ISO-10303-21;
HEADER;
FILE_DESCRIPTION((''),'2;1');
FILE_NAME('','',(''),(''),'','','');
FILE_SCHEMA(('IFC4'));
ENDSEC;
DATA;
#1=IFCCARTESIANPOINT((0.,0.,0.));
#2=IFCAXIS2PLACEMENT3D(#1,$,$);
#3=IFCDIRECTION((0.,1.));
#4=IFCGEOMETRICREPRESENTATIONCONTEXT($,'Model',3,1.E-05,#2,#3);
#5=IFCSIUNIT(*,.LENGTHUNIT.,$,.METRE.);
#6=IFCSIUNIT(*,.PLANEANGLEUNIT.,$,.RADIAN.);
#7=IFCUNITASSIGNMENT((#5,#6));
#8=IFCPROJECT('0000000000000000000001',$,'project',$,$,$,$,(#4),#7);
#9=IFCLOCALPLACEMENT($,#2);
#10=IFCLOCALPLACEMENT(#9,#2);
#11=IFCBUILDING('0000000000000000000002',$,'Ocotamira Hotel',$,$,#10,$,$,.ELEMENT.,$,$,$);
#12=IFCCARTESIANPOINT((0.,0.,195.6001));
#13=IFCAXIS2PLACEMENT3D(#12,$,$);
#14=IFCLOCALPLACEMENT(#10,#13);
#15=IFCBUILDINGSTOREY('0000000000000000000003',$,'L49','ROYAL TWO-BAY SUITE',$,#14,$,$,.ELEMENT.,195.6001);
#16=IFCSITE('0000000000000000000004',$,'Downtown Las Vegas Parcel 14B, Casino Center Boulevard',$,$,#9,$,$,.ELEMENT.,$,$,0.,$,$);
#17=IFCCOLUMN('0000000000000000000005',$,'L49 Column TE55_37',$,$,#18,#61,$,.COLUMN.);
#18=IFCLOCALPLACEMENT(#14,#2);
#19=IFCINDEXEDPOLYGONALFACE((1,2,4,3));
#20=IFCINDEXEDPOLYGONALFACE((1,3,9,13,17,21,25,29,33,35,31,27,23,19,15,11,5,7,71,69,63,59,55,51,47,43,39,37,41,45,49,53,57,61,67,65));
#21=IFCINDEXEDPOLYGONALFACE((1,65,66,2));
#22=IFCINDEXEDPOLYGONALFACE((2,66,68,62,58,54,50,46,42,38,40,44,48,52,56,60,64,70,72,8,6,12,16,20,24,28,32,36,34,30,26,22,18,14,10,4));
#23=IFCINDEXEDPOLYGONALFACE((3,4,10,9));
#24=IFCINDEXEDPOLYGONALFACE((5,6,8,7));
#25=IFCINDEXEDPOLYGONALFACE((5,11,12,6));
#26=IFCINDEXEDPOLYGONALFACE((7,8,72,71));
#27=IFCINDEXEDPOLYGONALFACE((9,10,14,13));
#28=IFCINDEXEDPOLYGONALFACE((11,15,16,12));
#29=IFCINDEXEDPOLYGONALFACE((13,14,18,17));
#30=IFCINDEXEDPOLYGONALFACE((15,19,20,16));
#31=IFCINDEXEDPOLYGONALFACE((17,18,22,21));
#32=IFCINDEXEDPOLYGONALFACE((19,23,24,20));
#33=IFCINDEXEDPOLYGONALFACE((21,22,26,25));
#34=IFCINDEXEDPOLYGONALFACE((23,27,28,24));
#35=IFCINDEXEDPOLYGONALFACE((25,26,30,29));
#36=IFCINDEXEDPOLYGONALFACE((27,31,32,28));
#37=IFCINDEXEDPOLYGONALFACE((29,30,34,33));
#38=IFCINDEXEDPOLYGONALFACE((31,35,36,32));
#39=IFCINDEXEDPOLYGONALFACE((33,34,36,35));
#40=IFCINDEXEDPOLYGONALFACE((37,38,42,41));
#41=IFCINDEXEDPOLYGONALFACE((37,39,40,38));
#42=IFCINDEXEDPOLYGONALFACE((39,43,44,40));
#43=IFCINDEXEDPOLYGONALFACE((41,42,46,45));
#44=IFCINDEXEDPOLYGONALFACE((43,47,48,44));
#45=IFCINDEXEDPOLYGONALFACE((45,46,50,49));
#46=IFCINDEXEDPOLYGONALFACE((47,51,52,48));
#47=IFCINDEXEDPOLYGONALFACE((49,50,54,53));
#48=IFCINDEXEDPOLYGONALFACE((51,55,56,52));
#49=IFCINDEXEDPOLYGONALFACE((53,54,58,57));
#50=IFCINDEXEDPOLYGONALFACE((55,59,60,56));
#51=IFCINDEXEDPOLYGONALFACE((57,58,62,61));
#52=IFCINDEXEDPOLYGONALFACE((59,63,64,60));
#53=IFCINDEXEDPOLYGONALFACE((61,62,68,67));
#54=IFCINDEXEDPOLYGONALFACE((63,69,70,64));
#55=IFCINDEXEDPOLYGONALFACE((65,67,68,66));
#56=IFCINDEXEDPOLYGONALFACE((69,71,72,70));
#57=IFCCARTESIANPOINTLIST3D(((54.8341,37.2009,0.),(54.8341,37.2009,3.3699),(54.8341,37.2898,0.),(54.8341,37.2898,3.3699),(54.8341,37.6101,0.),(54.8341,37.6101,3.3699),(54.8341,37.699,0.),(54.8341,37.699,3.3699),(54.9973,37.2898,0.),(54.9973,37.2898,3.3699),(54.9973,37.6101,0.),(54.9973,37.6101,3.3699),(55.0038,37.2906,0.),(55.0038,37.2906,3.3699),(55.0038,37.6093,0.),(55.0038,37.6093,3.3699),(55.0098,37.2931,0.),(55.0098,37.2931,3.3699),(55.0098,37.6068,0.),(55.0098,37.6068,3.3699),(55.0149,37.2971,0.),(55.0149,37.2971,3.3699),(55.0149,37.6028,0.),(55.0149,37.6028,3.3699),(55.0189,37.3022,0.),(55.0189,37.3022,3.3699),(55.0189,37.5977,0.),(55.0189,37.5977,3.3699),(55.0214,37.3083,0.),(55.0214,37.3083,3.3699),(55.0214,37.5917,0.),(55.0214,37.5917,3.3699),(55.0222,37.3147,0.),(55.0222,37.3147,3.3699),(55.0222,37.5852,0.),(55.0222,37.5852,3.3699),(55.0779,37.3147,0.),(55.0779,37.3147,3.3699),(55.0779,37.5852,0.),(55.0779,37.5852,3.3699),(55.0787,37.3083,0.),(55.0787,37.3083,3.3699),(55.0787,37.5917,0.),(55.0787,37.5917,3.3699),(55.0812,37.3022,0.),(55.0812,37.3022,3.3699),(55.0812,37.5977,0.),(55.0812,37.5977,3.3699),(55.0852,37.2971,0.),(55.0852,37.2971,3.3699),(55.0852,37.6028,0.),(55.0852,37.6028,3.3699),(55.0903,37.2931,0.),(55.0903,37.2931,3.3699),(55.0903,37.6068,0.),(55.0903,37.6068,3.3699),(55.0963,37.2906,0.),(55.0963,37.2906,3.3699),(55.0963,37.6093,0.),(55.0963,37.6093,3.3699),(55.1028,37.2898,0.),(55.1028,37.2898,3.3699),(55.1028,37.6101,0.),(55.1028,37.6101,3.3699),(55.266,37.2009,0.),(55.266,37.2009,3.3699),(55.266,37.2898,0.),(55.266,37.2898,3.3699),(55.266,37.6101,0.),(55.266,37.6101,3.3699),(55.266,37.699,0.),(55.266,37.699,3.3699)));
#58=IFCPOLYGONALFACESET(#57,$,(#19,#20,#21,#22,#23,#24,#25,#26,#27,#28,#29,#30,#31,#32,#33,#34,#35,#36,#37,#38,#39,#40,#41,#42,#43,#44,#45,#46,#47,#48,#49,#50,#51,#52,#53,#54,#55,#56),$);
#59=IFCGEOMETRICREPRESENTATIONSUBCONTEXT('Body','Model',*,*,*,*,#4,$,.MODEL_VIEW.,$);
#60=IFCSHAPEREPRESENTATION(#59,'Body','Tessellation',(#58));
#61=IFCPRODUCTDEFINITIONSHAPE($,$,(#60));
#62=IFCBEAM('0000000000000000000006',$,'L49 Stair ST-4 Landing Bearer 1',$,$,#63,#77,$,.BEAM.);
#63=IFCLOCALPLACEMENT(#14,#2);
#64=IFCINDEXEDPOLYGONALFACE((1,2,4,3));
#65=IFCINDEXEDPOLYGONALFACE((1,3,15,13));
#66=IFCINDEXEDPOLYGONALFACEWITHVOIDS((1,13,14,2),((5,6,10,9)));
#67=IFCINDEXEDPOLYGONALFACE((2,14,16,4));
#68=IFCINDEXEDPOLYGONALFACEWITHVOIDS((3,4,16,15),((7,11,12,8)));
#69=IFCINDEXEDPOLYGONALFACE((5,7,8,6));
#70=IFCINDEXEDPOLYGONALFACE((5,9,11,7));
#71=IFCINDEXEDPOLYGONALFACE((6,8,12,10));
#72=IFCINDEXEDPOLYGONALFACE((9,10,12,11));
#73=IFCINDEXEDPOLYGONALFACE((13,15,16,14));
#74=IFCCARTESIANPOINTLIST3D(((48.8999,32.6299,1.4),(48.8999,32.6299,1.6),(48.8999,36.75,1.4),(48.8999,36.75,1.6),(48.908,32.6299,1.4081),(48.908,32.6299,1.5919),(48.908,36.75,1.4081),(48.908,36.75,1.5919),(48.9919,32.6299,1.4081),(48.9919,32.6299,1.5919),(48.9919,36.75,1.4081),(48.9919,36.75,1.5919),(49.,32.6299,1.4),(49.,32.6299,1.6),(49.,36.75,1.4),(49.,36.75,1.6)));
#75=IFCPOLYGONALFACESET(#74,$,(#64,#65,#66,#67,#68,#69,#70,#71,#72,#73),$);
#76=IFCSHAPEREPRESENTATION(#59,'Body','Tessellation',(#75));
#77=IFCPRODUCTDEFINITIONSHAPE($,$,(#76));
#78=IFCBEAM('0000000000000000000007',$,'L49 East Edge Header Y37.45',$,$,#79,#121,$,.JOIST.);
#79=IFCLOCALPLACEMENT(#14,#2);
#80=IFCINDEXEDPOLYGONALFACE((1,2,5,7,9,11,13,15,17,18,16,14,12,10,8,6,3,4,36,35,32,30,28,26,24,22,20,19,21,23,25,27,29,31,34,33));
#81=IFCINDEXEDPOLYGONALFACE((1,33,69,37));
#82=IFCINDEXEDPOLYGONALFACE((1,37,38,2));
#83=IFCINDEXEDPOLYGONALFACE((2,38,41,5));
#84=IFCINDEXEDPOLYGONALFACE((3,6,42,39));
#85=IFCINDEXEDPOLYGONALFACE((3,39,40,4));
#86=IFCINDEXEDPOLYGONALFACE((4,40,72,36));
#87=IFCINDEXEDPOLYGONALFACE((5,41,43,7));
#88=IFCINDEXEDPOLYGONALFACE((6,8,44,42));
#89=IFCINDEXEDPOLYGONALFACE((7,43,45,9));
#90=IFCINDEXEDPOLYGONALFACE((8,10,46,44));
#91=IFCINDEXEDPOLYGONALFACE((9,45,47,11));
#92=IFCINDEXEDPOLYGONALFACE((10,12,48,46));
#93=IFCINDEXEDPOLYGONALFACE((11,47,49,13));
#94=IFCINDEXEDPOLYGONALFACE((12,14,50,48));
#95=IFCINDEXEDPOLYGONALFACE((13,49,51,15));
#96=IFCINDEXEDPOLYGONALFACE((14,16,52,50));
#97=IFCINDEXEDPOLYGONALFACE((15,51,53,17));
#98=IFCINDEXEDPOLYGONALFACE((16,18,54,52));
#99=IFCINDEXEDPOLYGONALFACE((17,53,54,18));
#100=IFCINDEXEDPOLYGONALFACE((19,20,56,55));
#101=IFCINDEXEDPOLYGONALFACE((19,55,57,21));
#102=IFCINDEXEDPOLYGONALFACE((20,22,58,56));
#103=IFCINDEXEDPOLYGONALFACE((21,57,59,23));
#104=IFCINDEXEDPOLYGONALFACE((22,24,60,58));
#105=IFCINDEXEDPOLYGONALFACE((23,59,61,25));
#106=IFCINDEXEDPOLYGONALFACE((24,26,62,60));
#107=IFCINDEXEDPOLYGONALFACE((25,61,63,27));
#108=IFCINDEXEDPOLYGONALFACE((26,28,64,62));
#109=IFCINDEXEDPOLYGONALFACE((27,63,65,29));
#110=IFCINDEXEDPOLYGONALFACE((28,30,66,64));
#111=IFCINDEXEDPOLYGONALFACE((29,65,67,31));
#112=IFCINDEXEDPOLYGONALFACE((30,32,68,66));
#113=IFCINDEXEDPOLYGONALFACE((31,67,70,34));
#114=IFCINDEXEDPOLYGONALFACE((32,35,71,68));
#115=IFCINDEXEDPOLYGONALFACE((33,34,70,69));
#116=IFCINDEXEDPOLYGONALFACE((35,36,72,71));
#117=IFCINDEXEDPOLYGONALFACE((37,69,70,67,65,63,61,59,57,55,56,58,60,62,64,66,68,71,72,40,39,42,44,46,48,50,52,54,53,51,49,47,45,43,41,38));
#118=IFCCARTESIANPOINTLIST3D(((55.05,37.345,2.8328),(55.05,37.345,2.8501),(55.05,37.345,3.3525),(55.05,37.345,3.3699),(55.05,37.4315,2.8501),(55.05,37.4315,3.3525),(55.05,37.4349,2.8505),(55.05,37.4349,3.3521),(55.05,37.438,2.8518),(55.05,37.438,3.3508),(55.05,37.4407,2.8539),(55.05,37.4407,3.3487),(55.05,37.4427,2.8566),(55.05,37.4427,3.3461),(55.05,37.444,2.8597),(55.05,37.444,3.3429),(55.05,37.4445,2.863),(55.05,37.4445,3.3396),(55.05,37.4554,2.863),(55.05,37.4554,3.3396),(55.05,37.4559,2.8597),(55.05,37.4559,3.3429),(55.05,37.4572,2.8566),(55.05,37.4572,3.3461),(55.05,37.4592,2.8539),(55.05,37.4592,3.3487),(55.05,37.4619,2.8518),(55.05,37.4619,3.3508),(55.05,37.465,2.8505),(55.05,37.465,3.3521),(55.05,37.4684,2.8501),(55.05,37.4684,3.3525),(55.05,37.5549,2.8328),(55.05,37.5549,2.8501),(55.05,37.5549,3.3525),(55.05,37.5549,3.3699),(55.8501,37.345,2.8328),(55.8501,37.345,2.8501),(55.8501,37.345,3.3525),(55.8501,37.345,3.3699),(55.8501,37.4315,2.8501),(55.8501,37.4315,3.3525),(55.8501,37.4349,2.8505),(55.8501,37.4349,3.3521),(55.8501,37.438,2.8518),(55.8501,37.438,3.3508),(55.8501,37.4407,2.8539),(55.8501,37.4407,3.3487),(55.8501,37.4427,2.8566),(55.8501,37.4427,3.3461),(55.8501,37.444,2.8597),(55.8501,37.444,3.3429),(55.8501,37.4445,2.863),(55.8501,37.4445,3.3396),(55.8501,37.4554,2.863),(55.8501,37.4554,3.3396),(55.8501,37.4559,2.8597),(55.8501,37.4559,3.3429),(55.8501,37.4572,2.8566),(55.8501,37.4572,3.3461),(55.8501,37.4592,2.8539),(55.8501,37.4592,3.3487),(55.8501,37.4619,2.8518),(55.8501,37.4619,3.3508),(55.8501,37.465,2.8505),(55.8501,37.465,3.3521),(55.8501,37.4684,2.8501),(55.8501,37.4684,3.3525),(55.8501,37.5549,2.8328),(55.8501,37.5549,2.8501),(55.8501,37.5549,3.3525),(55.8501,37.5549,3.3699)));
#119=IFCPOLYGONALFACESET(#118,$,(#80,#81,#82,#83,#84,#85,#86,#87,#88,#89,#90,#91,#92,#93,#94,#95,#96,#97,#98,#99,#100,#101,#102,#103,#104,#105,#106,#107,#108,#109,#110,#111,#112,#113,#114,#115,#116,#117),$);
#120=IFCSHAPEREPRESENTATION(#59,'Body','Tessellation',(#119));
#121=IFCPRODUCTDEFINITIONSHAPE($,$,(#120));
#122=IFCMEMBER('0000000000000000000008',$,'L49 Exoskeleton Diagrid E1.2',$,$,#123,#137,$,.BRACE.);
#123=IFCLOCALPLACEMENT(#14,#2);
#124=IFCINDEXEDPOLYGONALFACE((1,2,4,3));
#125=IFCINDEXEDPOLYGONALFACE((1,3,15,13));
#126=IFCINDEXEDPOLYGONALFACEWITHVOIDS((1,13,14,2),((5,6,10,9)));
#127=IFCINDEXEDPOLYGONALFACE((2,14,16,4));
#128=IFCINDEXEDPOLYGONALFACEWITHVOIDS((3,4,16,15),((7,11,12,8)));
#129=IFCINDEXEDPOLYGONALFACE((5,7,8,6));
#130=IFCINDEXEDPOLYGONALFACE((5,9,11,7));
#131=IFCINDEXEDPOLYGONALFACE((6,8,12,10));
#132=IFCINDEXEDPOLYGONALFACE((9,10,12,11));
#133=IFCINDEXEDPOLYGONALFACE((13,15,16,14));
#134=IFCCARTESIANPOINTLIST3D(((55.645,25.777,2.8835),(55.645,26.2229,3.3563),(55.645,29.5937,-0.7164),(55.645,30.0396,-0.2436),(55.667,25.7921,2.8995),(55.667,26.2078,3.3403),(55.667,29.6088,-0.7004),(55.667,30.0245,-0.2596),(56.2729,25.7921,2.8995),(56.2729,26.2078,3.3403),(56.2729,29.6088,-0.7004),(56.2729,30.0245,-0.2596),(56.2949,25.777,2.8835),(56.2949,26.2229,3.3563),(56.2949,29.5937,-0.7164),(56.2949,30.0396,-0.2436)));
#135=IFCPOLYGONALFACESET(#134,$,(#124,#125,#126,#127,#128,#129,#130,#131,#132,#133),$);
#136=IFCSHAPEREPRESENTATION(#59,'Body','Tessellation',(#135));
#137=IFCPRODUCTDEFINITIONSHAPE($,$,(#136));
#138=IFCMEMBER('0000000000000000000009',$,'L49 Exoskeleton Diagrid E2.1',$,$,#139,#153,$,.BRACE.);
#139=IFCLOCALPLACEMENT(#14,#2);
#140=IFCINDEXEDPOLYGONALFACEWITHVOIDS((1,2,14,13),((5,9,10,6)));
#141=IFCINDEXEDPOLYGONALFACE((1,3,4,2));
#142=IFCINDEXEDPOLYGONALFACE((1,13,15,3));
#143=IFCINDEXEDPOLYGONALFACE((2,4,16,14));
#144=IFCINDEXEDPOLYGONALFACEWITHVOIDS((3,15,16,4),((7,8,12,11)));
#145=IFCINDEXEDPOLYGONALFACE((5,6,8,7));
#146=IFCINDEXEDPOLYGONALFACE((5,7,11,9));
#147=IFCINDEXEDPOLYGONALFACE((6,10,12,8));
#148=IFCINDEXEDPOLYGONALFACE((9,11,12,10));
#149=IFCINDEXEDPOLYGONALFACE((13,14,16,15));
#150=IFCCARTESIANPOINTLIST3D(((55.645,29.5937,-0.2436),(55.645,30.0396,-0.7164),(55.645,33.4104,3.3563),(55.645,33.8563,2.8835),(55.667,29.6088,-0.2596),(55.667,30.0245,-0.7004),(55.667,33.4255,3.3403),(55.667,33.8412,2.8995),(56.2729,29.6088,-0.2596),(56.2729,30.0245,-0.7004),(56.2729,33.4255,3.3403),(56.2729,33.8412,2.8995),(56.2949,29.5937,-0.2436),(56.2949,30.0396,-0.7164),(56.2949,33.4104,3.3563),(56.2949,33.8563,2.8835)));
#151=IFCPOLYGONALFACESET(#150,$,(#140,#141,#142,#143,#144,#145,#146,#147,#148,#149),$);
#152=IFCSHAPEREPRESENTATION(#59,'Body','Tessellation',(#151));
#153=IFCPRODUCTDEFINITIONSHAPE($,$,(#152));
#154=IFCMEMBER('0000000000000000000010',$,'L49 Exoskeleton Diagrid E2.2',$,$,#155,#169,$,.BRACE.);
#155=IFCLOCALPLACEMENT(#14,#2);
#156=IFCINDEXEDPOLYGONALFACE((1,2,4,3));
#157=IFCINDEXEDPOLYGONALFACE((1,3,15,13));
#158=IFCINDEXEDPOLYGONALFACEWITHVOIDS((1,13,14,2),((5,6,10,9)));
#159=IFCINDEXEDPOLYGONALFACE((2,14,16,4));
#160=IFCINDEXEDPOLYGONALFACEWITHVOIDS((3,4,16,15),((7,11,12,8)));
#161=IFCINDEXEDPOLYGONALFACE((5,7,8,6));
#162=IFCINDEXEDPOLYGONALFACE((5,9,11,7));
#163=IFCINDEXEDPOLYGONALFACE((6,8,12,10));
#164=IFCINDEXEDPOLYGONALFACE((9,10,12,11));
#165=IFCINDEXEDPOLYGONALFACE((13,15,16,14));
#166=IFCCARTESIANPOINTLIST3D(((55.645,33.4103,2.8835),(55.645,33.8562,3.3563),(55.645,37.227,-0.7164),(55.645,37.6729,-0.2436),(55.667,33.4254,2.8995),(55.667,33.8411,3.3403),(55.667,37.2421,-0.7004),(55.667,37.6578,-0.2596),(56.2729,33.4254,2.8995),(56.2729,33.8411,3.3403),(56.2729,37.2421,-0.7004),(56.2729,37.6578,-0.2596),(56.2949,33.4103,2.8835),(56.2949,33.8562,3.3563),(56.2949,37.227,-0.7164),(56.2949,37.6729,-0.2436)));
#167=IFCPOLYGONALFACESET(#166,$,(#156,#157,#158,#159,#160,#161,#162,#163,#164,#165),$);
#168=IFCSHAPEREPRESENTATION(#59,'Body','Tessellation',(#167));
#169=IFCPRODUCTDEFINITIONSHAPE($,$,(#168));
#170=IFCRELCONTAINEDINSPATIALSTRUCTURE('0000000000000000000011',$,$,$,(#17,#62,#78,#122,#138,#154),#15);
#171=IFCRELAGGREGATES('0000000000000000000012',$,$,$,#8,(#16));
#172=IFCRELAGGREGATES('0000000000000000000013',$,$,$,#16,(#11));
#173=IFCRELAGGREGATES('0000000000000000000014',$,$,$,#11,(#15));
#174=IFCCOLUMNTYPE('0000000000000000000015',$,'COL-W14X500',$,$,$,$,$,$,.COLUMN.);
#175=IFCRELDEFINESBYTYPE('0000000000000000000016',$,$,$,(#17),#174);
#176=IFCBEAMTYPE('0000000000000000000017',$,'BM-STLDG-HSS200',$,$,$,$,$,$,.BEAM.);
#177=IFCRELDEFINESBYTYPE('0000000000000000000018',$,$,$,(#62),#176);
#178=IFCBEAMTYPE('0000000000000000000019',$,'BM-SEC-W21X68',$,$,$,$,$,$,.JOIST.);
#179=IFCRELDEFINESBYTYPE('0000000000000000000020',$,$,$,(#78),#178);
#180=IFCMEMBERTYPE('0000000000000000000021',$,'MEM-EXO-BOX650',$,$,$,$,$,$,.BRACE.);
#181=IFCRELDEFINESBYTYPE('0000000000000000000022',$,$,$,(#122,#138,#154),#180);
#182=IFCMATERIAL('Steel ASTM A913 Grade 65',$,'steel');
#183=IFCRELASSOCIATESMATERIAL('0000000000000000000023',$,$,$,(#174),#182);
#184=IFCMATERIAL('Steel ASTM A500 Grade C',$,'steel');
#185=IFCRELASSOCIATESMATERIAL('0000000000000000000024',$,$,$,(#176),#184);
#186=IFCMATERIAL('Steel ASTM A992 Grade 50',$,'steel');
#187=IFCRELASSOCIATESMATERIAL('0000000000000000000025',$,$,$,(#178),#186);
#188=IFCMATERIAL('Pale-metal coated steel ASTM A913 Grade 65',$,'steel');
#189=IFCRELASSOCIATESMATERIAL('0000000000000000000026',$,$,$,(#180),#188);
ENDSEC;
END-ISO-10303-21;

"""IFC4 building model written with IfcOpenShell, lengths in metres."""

from ifc_helpers import new_model, si_unit, direction, frame, origin, origin_2d, place, context, subcontext, project, spatial, hollow_rectangle, i_section, extrude, source, transform, mapped, material, material_profile, profile_set, type_object, element, save


model = new_model("IFC4")

# Units and contexts
model_context = context("Model", 3, precision=1e-05, world=origin(), true_north=direction((0.0, 1.0)))
body_context = subcontext(model_context, "Body", "Model", "MODEL_VIEW")
ifc_project = project(units=[si_unit("LENGTHUNIT", "METRE"), si_unit("PLANEANGLEUNIT", "RADIAN")], contexts=[model_context])

# Site, building, storey
site_placement = place(None, origin())
site = spatial("IfcSite", under=ifc_project, at=site_placement, Name="Downtown Las Vegas Parcel 14B, Casino Center Boulevard", CompositionType="ELEMENT", RefElevation=0.0)
building_placement = place(site_placement, origin())
building = spatial("IfcBuilding", under=site, at=building_placement, Name="Ocotamira Hotel", CompositionType="ELEMENT")
storey_placement = place(building_placement, frame((0.0, 0.0, 195.6001)))
storey = spatial("IfcBuildingStorey", under=building, at=storey_placement, Name="L49", Description="ROYAL TWO-BAY SUITE", CompositionType="ELEMENT", Elevation=195.6001)

# Column
ifc_material_1 = material(Name="Steel ASTM A913 Grade 65", Category="steel")
ifc_material_profile_1 = material_profile(ifc_material_1, i_section(OverallWidth=0.4319, OverallDepth=0.498, WebThickness=0.0557, FlangeThickness=0.0889, FilletRadius=0.0249, at=origin_2d()), Name="W14X500")
ifc_profile_set_1 = profile_set([ifc_material_profile_1], Name="Steel ASTM A913 Grade 65")
column_type = type_object("IfcColumnType", Name="COL-W14X500", PredefinedType="COLUMN", material=ifc_profile_set_1)
shared_shape_1 = source(origin(), body_context, "Body", "SweptSolid", [
    extrude(i_section(OverallWidth=0.4319, OverallDepth=0.498, WebThickness=0.0557, FlangeThickness=0.0889, FilletRadius=0.0249, at=origin_2d()), origin(), (0.0, 0.0, 1.0), 3.3699),
])
column_placement = place(storey_placement, frame((55.05, 37.45, 0.0), z_axis=(0.0, 0.0, 1.0), x_axis=(1.0, 0.0, 0.0)))
element("IfcColumn", 1, at=column_placement, inside=storey, type_object=column_type, Name="L49 Column TE55_37", PredefinedType="COLUMN", context=body_context, shape_type="MappedRepresentation", body=[
    mapped(shared_shape_1, transform((0.0, 0.0, 0.0), scale=1.0)),
])

# Beams
ifc_material_2 = material(Name="Steel ASTM A500 Grade C", Category="steel")
ifc_material_profile_2 = material_profile(ifc_material_2, hollow_rectangle(XDim=0.1001, YDim=0.2, WallThickness=0.0081, at=origin_2d()), Name="HSS200X100X8")
ifc_profile_set_2 = profile_set([ifc_material_profile_2], Name="Steel ASTM A500 Grade C")
beam_type_1 = type_object("IfcBeamType", Name="BM-STLDG-HSS200", PredefinedType="BEAM", material=ifc_profile_set_2)
shared_shape_2 = source(origin(), body_context, "Body", "SweptSolid", [
    extrude(hollow_rectangle(XDim=0.1001, YDim=0.2, WallThickness=0.0081, at=origin_2d()), origin(), (0.0, 0.0, 1.0), 4.1201),
])
beam_1_placement = place(storey_placement, frame((48.95, 32.6299, 1.5), z_axis=(0.0, 1.0, 0.0), x_axis=(-1.0, 0.0, 0.0)))
element("IfcBeam", 2, at=beam_1_placement, inside=storey, type_object=beam_type_1, Name="L49 Stair ST-4 Landing Bearer 1", PredefinedType="BEAM", context=body_context, shape_type="MappedRepresentation", body=[
    mapped(shared_shape_2, transform((0.0, 0.0, 0.0), scale=1.0)),
])
ifc_material_3 = material(Name="Steel ASTM A992 Grade 50", Category="steel")
ifc_material_profile_3 = material_profile(ifc_material_3, i_section(OverallWidth=0.21, OverallDepth=0.5371, WebThickness=0.011, FlangeThickness=0.0173, FilletRadius=0.0129, at=origin_2d()), Name="W21X68")
ifc_profile_set_3 = profile_set([ifc_material_profile_3], Name="Steel ASTM A992 Grade 50")
beam_type_2 = type_object("IfcBeamType", Name="BM-SEC-W21X68", PredefinedType="JOIST", material=ifc_profile_set_3)
shared_shape_3 = source(origin(), body_context, "Body", "SweptSolid", [
    extrude(i_section(OverallWidth=0.21, OverallDepth=0.5371, WebThickness=0.011, FlangeThickness=0.0173, FilletRadius=0.0129, at=origin_2d()), origin(), (0.0, 0.0, 1.0), 0.8),
])
beam_2_placement = place(storey_placement, frame((55.05, 37.45, 3.1013), z_axis=(1.0, 0.0, 0.0), x_axis=(0.0, 1.0, 0.0)))
element("IfcBeam", 3, at=beam_2_placement, inside=storey, type_object=beam_type_2, Name="L49 East Edge Header Y37.45", PredefinedType="JOIST", context=body_context, shape_type="MappedRepresentation", body=[
    mapped(shared_shape_3, transform((0.0, 0.0, 0.0), scale=1.0)),
])

# Members
ifc_material_4 = material(Name="Pale-metal coated steel ASTM A913 Grade 65", Category="steel")
ifc_material_profile_4 = material_profile(ifc_material_4, hollow_rectangle(XDim=0.6499, YDim=0.6499, WallThickness=0.022, at=origin_2d()), Name="BOX650X650X22")
ifc_profile_set_4 = profile_set([ifc_material_profile_4], Name="Pale-metal coated steel ASTM A913 Grade 65")
member_type_1 = type_object("IfcMemberType", Name="MEM-EXO-BOX650", PredefinedType="BRACE", material=ifc_profile_set_4)
shared_shape_4 = source(origin(), body_context, "Body", "SweptSolid", [
    extrude(hollow_rectangle(XDim=0.6499, YDim=0.6499, WallThickness=0.022, at=origin_2d()), origin(), (0.0, 0.0, 1.0), 5.2466),
])
for number, where, z_axis, x_axis, name in (
    (4, (55.97, 29.8167, -0.48), (0.0, -0.727466, 0.686144), (1.0, 0.0, 0.0), "L49 Exoskeleton Diagrid E1.2"),
    (5, (55.97, 29.8167, -0.48), (0.0, 0.727466, 0.686144), (-1.0, 0.0, 0.0), "L49 Exoskeleton Diagrid E2.1"),
    (6, (55.97, 37.45, -0.48), (0.0, -0.727466, 0.686144), (1.0, 0.0, 0.0), "L49 Exoskeleton Diagrid E2.2"),
):
    element("IfcMember", number, at=place(storey_placement, frame(where, z_axis=z_axis, x_axis=x_axis)), inside=storey, type_object=member_type_1, Name=name, PredefinedType="BRACE", context=body_context, shape_type="MappedRepresentation", body=[
        mapped(shared_shape_4, transform((0.0, 0.0, 0.0), scale=1.0)),
    ])

save(model, "model.ifc")
